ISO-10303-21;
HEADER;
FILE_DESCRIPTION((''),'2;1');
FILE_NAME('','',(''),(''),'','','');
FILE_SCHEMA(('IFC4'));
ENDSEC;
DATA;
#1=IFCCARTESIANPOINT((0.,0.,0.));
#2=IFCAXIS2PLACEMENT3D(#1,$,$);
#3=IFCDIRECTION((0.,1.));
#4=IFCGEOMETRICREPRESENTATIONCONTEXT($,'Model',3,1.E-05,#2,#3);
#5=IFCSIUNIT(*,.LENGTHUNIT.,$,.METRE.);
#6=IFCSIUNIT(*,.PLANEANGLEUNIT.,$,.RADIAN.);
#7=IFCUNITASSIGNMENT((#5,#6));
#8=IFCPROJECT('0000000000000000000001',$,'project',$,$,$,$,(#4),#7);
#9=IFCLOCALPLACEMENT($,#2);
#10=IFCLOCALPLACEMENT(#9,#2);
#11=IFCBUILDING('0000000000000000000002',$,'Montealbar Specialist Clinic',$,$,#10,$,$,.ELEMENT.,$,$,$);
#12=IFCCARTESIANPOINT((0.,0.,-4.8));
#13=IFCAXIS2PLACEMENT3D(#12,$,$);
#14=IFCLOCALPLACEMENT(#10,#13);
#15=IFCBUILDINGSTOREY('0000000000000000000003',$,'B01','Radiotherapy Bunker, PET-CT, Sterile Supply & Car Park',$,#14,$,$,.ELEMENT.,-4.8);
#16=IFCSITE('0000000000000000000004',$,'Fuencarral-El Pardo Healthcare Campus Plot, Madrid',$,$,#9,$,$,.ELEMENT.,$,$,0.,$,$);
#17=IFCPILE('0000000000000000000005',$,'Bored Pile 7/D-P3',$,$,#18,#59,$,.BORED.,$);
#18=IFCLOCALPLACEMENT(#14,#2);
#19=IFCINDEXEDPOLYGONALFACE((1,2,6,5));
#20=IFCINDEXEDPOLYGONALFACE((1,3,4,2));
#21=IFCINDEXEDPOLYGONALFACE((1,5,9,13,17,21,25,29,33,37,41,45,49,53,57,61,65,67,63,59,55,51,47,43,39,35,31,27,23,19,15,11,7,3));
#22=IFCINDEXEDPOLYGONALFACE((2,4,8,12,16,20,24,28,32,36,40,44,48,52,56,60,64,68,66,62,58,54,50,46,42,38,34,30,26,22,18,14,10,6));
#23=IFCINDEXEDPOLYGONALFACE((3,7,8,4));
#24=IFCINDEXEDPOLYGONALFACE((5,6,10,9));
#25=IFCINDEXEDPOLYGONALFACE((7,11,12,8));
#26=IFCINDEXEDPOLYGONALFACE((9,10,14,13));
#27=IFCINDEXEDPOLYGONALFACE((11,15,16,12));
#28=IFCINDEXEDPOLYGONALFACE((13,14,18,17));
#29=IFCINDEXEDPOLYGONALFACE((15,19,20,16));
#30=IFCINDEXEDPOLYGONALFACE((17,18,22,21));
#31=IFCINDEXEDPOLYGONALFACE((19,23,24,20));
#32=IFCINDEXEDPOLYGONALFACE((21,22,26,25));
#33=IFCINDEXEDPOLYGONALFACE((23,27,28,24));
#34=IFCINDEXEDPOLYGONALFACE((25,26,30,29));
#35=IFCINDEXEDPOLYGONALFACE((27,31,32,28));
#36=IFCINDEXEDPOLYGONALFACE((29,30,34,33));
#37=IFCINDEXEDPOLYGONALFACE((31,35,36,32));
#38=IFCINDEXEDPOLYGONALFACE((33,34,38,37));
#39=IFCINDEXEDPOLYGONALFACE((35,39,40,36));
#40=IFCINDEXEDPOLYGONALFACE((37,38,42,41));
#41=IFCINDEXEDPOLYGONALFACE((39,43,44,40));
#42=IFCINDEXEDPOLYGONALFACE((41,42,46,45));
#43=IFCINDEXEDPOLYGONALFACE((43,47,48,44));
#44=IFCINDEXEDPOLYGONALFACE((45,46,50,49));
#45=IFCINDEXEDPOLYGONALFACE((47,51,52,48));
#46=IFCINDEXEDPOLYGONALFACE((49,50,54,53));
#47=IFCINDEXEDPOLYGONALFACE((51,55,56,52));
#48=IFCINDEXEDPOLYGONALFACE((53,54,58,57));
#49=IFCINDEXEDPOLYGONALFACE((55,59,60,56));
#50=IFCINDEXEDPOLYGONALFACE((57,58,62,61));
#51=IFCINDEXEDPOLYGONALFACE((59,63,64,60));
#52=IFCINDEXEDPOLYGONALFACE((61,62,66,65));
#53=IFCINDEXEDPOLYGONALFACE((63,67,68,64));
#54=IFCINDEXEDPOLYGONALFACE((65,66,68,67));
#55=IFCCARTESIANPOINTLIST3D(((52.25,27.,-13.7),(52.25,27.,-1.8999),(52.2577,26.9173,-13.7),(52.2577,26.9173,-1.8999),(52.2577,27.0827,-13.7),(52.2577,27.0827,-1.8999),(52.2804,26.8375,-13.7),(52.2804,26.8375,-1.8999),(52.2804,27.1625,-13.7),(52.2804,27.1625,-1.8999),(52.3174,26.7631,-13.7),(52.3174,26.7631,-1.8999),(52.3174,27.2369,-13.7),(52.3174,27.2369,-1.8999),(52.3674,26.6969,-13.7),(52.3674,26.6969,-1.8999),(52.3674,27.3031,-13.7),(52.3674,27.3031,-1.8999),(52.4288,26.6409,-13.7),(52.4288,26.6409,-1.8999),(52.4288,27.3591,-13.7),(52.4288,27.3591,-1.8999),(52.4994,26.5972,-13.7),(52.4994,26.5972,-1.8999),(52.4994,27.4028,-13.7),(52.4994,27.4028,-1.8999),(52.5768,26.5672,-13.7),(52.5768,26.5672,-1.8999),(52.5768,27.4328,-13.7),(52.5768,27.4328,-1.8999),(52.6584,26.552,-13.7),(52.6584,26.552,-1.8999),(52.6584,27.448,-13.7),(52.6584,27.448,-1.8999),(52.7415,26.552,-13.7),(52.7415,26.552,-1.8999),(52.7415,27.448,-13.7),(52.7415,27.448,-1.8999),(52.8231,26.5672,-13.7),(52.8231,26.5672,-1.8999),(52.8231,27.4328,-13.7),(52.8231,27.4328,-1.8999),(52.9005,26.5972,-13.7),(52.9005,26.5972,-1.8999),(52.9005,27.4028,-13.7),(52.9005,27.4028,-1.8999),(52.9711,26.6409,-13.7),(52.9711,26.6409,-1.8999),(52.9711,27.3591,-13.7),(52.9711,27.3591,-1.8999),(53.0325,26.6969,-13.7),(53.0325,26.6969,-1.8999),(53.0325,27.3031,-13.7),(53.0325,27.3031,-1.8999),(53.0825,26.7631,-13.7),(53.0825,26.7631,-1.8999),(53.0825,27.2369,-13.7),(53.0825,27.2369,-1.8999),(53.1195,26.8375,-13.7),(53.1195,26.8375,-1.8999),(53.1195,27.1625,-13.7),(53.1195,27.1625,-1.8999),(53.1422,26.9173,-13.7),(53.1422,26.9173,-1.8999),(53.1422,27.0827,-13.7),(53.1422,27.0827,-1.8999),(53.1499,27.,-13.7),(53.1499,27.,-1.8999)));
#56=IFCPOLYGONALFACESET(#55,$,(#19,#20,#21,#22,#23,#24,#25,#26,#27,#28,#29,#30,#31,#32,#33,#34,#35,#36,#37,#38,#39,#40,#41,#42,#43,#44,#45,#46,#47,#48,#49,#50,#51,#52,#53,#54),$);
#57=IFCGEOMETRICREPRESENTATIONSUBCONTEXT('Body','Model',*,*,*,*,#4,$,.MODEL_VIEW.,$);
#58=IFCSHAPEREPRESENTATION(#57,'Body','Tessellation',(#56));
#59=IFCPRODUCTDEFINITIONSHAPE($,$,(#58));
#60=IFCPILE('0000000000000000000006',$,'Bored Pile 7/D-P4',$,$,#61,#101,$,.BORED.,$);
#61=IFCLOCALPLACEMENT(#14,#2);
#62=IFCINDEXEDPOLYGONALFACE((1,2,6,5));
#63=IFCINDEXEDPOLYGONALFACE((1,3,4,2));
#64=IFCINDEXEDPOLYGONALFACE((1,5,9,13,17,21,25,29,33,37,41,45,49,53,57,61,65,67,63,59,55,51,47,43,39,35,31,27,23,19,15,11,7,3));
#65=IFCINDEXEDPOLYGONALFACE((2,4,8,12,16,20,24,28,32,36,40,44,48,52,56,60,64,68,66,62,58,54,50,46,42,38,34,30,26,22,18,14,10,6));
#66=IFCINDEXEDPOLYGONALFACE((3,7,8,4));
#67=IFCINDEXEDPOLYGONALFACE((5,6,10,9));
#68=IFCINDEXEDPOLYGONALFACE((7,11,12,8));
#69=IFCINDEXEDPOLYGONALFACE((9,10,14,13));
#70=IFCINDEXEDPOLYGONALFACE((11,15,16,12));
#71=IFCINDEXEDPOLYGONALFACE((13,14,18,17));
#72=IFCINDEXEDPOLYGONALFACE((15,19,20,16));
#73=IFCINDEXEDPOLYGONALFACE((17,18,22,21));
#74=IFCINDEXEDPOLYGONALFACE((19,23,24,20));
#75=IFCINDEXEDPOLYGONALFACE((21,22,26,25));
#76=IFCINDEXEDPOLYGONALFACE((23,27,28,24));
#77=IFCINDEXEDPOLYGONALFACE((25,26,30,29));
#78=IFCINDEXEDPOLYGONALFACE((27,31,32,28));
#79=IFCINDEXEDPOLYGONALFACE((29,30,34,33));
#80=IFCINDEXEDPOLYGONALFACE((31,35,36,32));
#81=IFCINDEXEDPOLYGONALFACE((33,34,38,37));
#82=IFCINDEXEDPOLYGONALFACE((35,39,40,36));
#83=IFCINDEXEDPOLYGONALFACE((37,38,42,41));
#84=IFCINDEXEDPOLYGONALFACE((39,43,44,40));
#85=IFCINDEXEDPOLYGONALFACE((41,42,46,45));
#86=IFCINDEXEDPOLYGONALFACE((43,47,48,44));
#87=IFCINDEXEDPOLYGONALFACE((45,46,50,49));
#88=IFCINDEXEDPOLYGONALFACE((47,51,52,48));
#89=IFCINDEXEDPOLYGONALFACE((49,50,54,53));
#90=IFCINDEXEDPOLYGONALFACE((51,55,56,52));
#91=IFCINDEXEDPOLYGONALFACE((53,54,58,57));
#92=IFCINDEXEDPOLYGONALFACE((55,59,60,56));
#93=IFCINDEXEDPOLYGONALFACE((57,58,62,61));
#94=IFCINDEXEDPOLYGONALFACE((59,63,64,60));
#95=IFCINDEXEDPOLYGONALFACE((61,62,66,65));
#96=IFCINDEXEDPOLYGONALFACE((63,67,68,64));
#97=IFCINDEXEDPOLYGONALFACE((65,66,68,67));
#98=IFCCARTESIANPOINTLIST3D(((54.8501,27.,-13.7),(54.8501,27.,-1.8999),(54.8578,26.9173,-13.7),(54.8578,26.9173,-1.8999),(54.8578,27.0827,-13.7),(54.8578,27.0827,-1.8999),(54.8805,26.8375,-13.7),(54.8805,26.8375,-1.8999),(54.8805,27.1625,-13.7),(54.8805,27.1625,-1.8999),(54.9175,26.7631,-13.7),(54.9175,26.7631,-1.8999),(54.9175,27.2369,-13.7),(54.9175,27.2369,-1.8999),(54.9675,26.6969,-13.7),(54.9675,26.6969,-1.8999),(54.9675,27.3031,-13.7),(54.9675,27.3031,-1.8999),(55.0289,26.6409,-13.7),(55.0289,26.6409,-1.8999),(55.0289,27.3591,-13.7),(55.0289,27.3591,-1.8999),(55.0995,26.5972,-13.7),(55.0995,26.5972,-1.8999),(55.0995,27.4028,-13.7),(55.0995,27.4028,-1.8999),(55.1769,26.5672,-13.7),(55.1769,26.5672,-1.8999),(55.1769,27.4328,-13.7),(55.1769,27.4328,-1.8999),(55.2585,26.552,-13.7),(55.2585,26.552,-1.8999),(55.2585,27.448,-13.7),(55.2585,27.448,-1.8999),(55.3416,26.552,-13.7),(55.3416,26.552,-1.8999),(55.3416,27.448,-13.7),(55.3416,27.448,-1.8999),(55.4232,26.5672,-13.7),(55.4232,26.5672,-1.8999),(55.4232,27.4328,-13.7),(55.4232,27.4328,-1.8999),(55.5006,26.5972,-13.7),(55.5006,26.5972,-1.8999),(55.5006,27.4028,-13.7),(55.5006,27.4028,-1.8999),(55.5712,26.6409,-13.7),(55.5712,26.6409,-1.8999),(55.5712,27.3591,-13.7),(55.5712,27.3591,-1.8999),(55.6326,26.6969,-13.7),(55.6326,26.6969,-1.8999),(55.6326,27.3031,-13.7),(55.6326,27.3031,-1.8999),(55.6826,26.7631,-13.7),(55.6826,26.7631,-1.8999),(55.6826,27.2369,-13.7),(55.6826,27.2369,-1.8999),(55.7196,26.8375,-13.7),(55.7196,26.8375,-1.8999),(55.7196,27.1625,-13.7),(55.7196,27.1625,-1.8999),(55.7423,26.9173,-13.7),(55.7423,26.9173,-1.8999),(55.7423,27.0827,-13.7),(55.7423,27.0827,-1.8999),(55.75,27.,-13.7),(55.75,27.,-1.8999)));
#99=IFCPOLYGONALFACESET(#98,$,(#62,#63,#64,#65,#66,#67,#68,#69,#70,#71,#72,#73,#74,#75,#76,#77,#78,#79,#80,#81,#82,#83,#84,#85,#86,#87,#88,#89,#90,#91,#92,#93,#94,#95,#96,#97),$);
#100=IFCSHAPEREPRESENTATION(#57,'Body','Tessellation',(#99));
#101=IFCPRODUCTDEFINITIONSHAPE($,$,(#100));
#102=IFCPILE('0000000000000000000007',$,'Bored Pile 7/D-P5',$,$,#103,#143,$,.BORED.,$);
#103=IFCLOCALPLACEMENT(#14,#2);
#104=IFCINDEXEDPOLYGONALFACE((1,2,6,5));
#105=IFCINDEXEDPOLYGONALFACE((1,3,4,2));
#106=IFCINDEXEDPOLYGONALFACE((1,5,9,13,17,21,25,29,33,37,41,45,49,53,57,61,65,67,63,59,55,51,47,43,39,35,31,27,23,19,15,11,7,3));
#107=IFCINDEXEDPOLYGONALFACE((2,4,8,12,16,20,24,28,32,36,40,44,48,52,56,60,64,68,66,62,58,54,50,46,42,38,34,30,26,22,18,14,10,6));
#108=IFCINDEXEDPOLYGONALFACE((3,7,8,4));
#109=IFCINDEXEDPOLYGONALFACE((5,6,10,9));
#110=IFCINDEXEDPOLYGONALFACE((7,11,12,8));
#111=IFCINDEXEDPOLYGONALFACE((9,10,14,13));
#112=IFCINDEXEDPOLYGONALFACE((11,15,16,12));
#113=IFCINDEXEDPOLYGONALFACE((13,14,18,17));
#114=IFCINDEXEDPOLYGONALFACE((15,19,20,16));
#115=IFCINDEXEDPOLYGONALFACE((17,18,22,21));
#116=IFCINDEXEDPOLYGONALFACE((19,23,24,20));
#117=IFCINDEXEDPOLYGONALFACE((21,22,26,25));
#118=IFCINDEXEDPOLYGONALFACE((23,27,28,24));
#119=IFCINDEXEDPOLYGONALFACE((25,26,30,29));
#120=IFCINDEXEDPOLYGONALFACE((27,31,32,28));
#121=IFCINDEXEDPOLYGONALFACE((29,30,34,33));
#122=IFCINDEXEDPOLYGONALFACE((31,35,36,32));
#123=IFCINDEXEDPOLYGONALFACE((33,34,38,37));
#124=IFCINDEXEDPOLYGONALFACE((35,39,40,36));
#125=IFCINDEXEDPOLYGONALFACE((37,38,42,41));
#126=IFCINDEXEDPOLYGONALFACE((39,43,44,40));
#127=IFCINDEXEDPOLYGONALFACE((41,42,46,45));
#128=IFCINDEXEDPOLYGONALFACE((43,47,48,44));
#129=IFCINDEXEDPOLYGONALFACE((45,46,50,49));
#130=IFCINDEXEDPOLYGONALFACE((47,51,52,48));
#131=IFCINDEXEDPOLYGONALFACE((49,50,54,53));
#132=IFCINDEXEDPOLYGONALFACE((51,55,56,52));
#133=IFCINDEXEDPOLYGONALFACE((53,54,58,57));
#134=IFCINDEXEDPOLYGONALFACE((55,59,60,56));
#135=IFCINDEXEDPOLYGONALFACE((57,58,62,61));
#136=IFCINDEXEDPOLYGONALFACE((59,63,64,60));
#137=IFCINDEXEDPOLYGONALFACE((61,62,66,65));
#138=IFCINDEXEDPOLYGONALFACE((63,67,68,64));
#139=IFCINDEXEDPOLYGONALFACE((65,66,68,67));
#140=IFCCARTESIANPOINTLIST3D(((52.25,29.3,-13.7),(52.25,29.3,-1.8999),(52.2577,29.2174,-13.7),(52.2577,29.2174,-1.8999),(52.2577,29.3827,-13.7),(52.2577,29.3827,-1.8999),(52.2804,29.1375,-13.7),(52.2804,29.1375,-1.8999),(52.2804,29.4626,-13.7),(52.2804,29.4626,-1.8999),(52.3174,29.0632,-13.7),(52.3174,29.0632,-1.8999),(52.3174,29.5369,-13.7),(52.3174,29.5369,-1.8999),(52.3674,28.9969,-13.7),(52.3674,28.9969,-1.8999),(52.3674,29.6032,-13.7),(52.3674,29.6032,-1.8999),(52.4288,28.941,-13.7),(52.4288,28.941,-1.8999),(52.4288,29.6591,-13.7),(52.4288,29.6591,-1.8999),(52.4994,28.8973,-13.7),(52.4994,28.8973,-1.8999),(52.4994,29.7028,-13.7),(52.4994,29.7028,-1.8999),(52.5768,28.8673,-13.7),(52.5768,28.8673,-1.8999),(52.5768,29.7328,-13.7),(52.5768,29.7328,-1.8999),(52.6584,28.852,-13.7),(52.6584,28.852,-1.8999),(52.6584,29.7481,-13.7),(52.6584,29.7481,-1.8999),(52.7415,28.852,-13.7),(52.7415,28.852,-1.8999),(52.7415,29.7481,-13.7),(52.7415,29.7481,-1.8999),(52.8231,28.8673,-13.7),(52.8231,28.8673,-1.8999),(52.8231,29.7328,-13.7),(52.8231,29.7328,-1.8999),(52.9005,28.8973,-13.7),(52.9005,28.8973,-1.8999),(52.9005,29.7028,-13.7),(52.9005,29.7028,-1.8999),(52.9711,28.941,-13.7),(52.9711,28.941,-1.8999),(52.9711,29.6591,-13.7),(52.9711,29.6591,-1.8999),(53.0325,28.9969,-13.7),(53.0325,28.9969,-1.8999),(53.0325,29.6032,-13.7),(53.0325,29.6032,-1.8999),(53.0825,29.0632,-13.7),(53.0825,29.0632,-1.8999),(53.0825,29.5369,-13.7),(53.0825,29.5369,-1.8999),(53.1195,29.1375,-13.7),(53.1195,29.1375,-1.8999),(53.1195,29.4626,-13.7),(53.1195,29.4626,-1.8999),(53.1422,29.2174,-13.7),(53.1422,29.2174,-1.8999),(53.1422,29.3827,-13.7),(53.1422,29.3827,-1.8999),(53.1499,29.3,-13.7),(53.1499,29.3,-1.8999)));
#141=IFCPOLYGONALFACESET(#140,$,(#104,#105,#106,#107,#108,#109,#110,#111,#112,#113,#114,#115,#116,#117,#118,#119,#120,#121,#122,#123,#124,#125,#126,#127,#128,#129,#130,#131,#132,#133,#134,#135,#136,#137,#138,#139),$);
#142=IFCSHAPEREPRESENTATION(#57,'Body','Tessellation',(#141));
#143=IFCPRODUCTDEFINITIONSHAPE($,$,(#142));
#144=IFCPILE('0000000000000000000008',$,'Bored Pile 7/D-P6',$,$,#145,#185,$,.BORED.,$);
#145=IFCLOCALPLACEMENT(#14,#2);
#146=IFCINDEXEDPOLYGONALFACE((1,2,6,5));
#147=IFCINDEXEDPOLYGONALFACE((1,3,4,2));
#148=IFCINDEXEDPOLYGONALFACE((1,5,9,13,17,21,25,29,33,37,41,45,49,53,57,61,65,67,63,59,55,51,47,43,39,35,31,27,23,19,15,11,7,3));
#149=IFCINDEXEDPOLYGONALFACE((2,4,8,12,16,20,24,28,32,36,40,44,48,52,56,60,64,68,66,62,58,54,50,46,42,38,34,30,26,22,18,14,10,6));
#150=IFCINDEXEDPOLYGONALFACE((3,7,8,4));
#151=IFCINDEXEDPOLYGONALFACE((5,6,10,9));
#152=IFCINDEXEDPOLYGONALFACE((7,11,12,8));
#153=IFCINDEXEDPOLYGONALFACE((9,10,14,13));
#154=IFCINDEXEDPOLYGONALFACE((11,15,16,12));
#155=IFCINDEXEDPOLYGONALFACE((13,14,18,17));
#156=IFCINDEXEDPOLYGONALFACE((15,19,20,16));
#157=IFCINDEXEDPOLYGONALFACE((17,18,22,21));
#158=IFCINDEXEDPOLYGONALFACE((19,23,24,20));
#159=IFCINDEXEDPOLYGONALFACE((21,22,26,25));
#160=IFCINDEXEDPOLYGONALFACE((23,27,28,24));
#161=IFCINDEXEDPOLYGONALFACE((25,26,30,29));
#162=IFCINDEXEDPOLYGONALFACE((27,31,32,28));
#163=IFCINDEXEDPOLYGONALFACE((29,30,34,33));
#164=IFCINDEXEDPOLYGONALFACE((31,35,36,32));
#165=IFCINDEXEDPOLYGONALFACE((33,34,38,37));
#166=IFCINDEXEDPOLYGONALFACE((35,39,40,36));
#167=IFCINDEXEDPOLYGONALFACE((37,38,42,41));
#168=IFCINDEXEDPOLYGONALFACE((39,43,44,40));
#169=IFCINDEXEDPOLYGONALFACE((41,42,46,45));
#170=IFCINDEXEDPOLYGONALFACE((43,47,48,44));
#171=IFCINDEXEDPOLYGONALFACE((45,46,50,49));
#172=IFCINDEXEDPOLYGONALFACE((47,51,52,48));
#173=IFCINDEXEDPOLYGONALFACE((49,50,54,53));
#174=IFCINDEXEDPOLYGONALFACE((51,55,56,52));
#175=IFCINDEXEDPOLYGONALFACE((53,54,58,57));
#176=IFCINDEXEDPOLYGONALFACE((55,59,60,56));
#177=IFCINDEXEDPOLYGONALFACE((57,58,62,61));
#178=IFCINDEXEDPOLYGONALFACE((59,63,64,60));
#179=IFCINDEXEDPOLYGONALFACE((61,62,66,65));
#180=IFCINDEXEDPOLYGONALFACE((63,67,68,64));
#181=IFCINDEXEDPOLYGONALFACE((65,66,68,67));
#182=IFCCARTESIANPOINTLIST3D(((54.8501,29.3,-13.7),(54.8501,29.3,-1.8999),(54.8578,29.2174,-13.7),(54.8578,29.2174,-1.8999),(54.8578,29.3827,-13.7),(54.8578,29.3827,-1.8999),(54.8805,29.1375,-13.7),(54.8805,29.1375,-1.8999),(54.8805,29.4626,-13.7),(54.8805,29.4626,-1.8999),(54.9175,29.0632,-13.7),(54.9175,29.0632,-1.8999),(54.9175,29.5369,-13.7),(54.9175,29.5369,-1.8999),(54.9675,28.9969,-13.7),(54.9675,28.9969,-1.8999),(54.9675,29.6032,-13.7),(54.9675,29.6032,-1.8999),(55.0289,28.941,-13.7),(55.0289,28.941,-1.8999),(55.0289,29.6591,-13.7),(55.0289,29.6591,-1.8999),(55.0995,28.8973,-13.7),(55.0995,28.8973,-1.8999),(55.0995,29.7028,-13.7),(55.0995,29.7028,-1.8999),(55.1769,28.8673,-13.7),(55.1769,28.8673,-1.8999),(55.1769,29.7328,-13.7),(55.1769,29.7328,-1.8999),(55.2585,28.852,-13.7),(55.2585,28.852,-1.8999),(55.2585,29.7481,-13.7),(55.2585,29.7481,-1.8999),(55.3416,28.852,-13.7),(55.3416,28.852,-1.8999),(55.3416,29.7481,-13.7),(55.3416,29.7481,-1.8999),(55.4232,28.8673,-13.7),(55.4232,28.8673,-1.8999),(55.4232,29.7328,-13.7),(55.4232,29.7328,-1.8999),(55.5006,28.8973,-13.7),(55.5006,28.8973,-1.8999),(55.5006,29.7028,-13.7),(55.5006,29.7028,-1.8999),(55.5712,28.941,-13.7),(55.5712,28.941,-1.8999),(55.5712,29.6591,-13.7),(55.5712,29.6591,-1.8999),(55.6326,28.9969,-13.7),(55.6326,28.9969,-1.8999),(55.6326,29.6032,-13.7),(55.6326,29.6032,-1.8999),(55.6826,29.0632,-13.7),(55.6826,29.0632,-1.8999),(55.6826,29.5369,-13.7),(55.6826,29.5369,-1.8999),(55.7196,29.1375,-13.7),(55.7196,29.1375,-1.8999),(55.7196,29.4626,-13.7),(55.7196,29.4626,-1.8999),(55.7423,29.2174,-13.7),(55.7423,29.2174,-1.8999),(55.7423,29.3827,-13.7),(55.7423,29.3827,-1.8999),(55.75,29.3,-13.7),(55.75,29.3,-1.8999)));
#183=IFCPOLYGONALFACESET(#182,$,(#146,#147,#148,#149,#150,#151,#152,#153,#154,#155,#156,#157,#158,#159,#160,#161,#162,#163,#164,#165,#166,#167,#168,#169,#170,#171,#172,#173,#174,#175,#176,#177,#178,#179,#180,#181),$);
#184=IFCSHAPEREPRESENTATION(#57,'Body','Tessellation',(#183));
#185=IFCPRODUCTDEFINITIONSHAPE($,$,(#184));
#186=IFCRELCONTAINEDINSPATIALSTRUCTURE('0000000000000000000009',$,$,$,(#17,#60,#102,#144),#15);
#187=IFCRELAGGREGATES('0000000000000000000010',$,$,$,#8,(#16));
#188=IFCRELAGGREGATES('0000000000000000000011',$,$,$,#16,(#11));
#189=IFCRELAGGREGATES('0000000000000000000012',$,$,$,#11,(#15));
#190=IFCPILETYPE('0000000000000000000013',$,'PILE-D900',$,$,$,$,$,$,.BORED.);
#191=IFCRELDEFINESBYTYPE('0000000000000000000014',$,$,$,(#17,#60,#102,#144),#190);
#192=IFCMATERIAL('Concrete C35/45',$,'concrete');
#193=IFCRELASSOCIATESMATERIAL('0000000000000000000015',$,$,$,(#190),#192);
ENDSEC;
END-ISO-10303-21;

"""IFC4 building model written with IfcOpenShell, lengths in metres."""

from ifc_helpers import new_model, si_unit, direction, frame, origin, origin_2d, place, context, subcontext, project, spatial, circle, extrude, material, material_profile, profile_set, type_object, element, save


model = new_model("IFC4")

# Units and contexts
model_context = context("Model", 3, precision=1e-05, world=origin(), true_north=direction((0.0, 1.0)))
body_context = subcontext(model_context, "Body", "Model", "MODEL_VIEW")
ifc_project = project(units=[si_unit("LENGTHUNIT", "METRE"), si_unit("PLANEANGLEUNIT", "RADIAN")], contexts=[model_context])

# Site, building, storey
site_placement = place(None, origin())
site = spatial("IfcSite", under=ifc_project, at=site_placement, Name="Fuencarral-El Pardo Healthcare Campus Plot, Madrid", CompositionType="ELEMENT", RefElevation=0.0)
building_placement = place(site_placement, origin())
building = spatial("IfcBuilding", under=site, at=building_placement, Name="Montealbar Specialist Clinic", CompositionType="ELEMENT")
storey_placement = place(building_placement, frame((0.0, 0.0, -4.8)))
storey = spatial("IfcBuildingStorey", under=building, at=storey_placement, Name="B01", Description="Radiotherapy Bunker, PET-CT, Sterile Supply & Car Park", CompositionType="ELEMENT", Elevation=-4.8)

# Shared definitions
ifc_material_1 = material(Name="Concrete C35/45", Category="concrete")

# Piles
ifc_material_profile_1 = material_profile(ifc_material_1, circle(Radius=0.45, at=origin_2d()), Name="PILE D900", Category="concrete")
ifc_profile_set_1 = profile_set([ifc_material_profile_1], Name="Concrete C35/45")
pile_type = type_object("IfcPileType", Name="PILE-D900", PredefinedType="BORED", material=ifc_profile_set_1)
for number, where, z_axis, x_axis, name in (
    (1, (52.7, 27.0, -1.8999), (0.0, 0.0, -1.0), (1.0, 0.0, 0.0), "Bored Pile 7/D-P3"),
    (2, (55.3, 27.0, -1.8999), (0.0, 0.0, -1.0), (1.0, 0.0, 0.0), "Bored Pile 7/D-P4"),
    (3, (52.7, 29.3, -1.8999), (0.0, 0.0, -1.0), (1.0, 0.0, 0.0), "Bored Pile 7/D-P5"),
    (4, (55.3, 29.3, -1.8999), (0.0, 0.0, -1.0), (1.0, 0.0, 0.0), "Bored Pile 7/D-P6"),
):
    element("IfcPile", number, at=place(storey_placement, frame(where, z_axis=z_axis, x_axis=x_axis)), inside=storey, type_object=pile_type, Name=name, PredefinedType="BORED", context=body_context, shape_type="SweptSolid", body=[
        extrude(circle(Radius=0.45, at=origin_2d()), origin(), (0.0, 0.0, 1.0), 11.8),
    ])

save(model, "model.ifc")
